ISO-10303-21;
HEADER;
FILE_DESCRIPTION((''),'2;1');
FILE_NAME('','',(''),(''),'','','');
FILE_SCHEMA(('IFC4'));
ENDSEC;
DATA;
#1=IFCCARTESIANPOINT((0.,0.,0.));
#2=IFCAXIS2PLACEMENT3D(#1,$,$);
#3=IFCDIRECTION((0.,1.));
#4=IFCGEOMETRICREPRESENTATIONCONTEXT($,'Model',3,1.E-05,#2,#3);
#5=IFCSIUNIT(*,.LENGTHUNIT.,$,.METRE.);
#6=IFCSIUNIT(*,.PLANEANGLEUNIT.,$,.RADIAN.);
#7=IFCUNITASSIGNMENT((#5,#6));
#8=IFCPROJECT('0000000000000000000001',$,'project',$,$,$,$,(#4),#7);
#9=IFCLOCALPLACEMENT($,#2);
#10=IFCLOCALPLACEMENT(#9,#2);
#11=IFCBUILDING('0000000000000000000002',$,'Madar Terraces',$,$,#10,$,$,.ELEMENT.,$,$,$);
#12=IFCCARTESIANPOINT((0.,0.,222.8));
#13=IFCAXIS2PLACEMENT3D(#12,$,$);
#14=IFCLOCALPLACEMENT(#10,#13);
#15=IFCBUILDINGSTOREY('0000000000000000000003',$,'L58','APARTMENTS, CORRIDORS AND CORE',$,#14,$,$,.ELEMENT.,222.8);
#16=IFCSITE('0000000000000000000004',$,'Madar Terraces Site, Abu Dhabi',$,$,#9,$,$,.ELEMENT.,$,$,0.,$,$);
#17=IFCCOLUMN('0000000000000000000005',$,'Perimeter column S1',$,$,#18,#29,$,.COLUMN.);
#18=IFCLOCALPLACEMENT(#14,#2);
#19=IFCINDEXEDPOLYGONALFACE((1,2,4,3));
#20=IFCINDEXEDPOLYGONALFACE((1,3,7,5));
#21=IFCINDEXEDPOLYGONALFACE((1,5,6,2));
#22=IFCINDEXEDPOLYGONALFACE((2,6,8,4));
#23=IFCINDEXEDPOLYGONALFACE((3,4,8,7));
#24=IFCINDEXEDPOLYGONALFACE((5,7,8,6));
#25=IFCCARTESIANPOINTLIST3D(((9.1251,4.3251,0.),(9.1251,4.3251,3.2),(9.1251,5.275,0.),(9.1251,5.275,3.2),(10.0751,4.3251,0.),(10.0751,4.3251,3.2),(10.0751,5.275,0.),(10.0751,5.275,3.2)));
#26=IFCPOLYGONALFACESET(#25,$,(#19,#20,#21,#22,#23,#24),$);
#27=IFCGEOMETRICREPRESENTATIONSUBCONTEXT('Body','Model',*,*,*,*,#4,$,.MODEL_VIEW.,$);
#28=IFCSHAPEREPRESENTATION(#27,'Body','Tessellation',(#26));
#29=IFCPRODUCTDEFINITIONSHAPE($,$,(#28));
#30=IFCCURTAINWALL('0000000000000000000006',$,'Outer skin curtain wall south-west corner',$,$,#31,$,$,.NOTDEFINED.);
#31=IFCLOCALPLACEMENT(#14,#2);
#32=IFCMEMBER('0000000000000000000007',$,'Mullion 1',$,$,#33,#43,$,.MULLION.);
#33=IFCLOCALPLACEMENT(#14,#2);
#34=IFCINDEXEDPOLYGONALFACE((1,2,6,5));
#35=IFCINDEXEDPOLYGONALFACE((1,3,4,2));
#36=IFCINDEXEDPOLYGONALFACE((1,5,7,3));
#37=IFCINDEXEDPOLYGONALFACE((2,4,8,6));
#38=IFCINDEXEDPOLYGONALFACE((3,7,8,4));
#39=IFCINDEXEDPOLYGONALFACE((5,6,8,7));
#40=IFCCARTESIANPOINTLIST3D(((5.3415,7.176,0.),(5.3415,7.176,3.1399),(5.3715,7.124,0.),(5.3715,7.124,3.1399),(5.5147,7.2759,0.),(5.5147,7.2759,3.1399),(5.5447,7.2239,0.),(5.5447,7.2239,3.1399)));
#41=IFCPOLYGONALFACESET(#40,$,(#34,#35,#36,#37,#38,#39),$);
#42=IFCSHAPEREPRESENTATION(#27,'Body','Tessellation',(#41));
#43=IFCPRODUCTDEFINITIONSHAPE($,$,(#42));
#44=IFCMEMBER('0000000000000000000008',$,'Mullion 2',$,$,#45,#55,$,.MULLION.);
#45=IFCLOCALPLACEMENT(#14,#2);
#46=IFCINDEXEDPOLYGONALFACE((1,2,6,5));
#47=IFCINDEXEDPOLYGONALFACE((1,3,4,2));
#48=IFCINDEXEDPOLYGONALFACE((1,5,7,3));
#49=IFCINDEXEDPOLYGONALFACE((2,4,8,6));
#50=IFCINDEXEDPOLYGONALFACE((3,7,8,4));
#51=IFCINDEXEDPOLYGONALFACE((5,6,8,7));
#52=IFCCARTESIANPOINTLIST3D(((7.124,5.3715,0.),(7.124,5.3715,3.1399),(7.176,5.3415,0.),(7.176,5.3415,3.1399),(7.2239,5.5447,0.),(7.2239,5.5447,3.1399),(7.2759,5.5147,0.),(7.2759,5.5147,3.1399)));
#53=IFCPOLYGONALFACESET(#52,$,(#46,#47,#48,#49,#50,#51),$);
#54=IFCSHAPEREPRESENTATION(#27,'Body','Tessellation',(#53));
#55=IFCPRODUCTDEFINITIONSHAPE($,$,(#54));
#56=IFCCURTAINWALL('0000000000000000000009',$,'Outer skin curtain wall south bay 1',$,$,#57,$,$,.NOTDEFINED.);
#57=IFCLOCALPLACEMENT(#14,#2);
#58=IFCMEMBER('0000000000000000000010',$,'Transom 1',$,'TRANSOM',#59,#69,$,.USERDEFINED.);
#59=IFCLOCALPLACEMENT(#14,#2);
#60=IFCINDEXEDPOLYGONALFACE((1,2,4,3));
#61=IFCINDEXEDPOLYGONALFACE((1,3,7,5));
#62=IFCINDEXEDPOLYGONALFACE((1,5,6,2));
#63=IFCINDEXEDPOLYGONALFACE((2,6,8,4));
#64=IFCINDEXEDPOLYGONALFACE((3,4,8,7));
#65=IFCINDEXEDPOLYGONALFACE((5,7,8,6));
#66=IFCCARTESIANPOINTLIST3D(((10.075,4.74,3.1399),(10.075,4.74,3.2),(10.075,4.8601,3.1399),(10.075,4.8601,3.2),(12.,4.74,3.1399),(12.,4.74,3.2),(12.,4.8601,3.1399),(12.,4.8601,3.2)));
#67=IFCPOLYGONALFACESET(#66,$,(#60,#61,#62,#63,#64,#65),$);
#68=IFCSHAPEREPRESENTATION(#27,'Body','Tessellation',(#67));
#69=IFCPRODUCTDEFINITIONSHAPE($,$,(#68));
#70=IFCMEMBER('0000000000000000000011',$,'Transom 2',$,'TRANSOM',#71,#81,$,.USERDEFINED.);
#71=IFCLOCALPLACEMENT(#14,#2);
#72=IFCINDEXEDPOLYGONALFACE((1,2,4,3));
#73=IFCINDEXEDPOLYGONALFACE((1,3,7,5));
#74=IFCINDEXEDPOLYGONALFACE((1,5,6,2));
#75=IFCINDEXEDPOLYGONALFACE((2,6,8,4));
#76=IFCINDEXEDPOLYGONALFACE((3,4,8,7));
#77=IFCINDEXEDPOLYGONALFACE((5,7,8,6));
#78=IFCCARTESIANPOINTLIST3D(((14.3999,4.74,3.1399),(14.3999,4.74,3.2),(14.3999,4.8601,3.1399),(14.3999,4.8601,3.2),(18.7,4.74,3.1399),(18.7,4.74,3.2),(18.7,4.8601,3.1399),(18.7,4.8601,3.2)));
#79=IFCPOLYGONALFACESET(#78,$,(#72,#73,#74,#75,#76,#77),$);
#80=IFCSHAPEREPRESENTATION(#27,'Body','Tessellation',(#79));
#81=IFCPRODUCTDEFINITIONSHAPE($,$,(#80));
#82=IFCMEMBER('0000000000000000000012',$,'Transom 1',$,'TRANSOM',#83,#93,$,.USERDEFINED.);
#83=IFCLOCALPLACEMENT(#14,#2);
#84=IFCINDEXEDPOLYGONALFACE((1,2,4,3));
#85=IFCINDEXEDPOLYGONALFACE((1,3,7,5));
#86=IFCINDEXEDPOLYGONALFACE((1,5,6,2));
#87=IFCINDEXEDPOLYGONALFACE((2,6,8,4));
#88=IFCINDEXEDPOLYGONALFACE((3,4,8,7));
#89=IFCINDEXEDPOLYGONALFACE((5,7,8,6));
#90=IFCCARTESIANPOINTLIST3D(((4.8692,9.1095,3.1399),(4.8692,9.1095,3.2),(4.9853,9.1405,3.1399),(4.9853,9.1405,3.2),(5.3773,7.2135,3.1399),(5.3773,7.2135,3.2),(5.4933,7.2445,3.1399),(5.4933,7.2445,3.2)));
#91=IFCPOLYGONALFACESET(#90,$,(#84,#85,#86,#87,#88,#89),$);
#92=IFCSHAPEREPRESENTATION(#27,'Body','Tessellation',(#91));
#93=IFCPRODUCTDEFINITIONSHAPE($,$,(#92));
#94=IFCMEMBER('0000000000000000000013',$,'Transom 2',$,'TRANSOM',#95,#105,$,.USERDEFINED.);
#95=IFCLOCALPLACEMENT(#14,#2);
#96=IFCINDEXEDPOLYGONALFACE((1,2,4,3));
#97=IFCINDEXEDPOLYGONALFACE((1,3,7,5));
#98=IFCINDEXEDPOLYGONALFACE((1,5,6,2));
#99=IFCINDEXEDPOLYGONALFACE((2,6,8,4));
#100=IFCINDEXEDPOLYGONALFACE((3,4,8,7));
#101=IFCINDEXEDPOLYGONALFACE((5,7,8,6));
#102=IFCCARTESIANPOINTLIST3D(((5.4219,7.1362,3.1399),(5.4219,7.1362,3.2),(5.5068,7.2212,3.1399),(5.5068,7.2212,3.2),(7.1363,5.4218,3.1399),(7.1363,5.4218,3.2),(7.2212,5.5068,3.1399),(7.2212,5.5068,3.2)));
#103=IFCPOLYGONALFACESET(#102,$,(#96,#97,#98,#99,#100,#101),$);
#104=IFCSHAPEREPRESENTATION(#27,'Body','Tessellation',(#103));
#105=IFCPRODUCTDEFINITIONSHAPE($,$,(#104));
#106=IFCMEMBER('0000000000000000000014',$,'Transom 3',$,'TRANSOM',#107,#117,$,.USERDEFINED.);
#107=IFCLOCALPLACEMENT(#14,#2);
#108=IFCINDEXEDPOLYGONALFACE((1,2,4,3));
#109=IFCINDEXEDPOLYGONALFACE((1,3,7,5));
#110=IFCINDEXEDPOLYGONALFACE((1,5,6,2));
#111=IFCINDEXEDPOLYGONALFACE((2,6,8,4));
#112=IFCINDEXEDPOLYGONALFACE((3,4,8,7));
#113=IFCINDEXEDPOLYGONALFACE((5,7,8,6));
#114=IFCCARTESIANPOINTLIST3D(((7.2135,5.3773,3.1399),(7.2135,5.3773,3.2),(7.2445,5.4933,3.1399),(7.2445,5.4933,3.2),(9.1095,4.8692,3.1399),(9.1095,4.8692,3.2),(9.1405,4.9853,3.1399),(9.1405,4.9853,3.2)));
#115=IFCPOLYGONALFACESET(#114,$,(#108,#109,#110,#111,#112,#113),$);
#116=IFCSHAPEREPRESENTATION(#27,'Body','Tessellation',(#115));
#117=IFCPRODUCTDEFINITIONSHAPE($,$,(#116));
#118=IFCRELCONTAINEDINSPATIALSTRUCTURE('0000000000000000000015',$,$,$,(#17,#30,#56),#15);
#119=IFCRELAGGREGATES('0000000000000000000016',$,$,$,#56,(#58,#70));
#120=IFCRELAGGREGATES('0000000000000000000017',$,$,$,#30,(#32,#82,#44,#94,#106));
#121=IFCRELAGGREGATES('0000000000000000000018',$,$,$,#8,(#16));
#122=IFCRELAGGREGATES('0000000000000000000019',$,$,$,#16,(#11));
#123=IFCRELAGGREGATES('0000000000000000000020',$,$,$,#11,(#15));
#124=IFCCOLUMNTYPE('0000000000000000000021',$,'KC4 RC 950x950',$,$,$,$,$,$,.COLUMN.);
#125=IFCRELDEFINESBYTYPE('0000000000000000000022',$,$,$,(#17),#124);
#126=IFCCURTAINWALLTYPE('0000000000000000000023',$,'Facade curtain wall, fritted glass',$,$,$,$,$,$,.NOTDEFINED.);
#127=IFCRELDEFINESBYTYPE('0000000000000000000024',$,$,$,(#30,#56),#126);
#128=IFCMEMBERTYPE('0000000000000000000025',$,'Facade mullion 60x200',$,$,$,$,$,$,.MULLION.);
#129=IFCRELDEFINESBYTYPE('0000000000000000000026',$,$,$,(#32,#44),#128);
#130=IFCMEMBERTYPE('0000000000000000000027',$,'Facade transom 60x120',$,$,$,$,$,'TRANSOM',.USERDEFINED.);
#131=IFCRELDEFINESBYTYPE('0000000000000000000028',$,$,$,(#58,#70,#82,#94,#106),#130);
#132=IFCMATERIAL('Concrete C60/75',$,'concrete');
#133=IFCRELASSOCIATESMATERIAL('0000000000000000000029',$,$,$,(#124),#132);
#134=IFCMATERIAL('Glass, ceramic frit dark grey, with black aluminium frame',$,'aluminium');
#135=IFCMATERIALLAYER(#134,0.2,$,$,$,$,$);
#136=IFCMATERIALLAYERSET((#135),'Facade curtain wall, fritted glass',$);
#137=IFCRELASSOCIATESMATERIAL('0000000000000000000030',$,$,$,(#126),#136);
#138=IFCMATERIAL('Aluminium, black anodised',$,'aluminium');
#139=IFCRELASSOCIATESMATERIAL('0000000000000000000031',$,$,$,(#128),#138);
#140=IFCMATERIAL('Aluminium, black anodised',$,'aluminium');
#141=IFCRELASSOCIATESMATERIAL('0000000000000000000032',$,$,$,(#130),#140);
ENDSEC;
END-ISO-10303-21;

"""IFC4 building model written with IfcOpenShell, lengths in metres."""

from ifc_helpers import new_model, si_unit, direction, frame, origin, origin_2d, place, context, subcontext, project, spatial, rectangle, extrude, material, layer, layer_set, material_profile, profile_set, type_object, element, aggregate, save


model = new_model("IFC4")

# Units and contexts
model_context = context("Model", 3, precision=1e-05, world=origin(), true_north=direction((0.0, 1.0)))
body_context = subcontext(model_context, "Body", "Model", "MODEL_VIEW")
ifc_project = project(units=[si_unit("LENGTHUNIT", "METRE"), si_unit("PLANEANGLEUNIT", "RADIAN")], contexts=[model_context])

# Site, building, storey
site_placement = place(None, origin())
site = spatial("IfcSite", under=ifc_project, at=site_placement, Name="Madar Terraces Site, Abu Dhabi", CompositionType="ELEMENT", RefElevation=0.0)
building_placement = place(site_placement, origin())
building = spatial("IfcBuilding", under=site, at=building_placement, Name="Madar Terraces", CompositionType="ELEMENT")
storey_placement = place(building_placement, frame((0.0, 0.0, 222.8)))
storey = spatial("IfcBuildingStorey", under=building, at=storey_placement, Name="L58", Description="APARTMENTS, CORRIDORS AND CORE", CompositionType="ELEMENT", Elevation=222.8)

# Column
ifc_material_1 = material(Name="Concrete C60/75", Category="concrete")
ifc_material_profile_1 = material_profile(ifc_material_1, rectangle(XDim=0.95, YDim=0.95, at=origin_2d()), Name="KC4 RC 950x950")
ifc_profile_set_1 = profile_set([ifc_material_profile_1], Name="Concrete C60/75")
column_type = type_object("IfcColumnType", Name="KC4 RC 950x950", PredefinedType="COLUMN", material=ifc_profile_set_1)
column_placement = place(storey_placement, frame((9.6001, 4.8, 0.0), z_axis=(0.0, 0.0, 1.0), x_axis=(1.0, 0.0, 0.0)))
element("IfcColumn", 1, at=column_placement, inside=storey, type_object=column_type, Name="Perimeter column S1", PredefinedType="COLUMN", context=body_context, shape_type="SweptSolid", body=[
    extrude(rectangle(XDim=0.95, YDim=0.95, at=origin_2d()), origin(), (0.0, 0.0, 1.0), 3.2),
])

# Curtain walls, members
ifc_material_2 = material(Name="Glass, ceramic frit dark grey, with black aluminium frame", Category="aluminium")
ifc_layer_1 = layer(ifc_material_2, 0.2)
ifc_layer_set_1 = layer_set([ifc_layer_1], Name="Facade curtain wall, fritted glass")
curtain_wall_type = type_object("IfcCurtainWallType", Name="Facade curtain wall, fritted glass", PredefinedType="NOTDEFINED", material=ifc_layer_set_1)
curtain_wall_1_placement = place(storey_placement, origin())
curtain_wall_1 = element("IfcCurtainWall", 2, at=curtain_wall_1_placement, inside=storey, type_object=curtain_wall_type, Name="Outer skin curtain wall south-west corner", PredefinedType="NOTDEFINED")
ifc_material_3 = material(Name="Aluminium, black anodised", Category="aluminium")
ifc_material_profile_2 = material_profile(ifc_material_3, rectangle(XDim=0.2, YDim=0.0601, at=origin_2d()), Name="Facade mullion 60x200")
ifc_profile_set_2 = profile_set([ifc_material_profile_2], Name="Aluminium, black anodised")
member_type_1 = type_object("IfcMemberType", Name="Facade mullion 60x200", PredefinedType="MULLION", material=ifc_profile_set_2)
member_1_placement = place(storey_placement, frame((5.4431, 7.2, 0.0), z_axis=(0.0, 0.0, 1.0), x_axis=(0.866025, 0.5, 0.0)))
member_1 = element("IfcMember", 3, at=member_1_placement, type_object=member_type_1, Name="Mullion 1", PredefinedType="MULLION", context=body_context, shape_type="SweptSolid", body=[
    extrude(rectangle(XDim=0.2, YDim=0.0601, at=origin_2d()), origin(), (0.0, 0.0, 1.0), 3.1399),
])
member_2_placement = place(storey_placement, frame((7.2, 5.4431, 0.0), z_axis=(0.0, 0.0, 1.0), x_axis=(0.5, 0.866025, 0.0)))
member_2 = element("IfcMember", 4, at=member_2_placement, type_object=member_type_1, Name="Mullion 2", PredefinedType="MULLION", context=body_context, shape_type="SweptSolid", body=[
    extrude(rectangle(XDim=0.2, YDim=0.0601, at=origin_2d()), origin(), (0.0, 0.0, 1.0), 3.1399),
])
curtain_wall_2_placement = place(storey_placement, origin())
curtain_wall_2 = element("IfcCurtainWall", 5, at=curtain_wall_2_placement, inside=storey, type_object=curtain_wall_type, Name="Outer skin curtain wall south bay 1", PredefinedType="NOTDEFINED")
ifc_material_4 = material(Name="Aluminium, black anodised", Category="aluminium")
ifc_material_profile_3 = material_profile(ifc_material_4, rectangle(XDim=0.1201, YDim=0.0601, at=origin_2d()), Name="Facade transom 60x120")
ifc_profile_set_3 = profile_set([ifc_material_profile_3], Name="Aluminium, black anodised")
member_type_2 = type_object("IfcMemberType", Name="Facade transom 60x120", ElementType="TRANSOM", PredefinedType="USERDEFINED", material=ifc_profile_set_3)
member_3_placement = place(storey_placement, frame((10.075, 4.8, 3.1699), z_axis=(1.0, 0.0, 0.0), x_axis=(0.0, 1.0, 0.0)))
member_3 = element("IfcMember", 6, at=member_3_placement, type_object=member_type_2, Name="Transom 1", ObjectType="TRANSOM", PredefinedType="USERDEFINED", context=body_context, shape_type="SweptSolid", body=[
    extrude(rectangle(XDim=0.1201, YDim=0.0601, at=origin_2d()), origin(), (0.0, 0.0, 1.0), 1.925),
])
member_4_placement = place(storey_placement, frame((14.3999, 4.8, 3.1699), z_axis=(1.0, 0.0, 0.0), x_axis=(0.0, 1.0, 0.0)))
member_4 = element("IfcMember", 7, at=member_4_placement, type_object=member_type_2, Name="Transom 2", ObjectType="TRANSOM", PredefinedType="USERDEFINED", context=body_context, shape_type="SweptSolid", body=[
    extrude(rectangle(XDim=0.1201, YDim=0.0601, at=origin_2d()), origin(), (0.0, 0.0, 1.0), 4.3),
])

# Members
member_5_placement = place(storey_placement, frame((4.9272, 9.125, 3.1699), z_axis=(0.258831, -0.965923, 0.0), x_axis=(0.965923, 0.258831, 0.0)))
member_5 = element("IfcMember", 8, at=member_5_placement, type_object=member_type_2, Name="Transom 1", ObjectType="TRANSOM", PredefinedType="USERDEFINED", context=body_context, shape_type="SweptSolid", body=[
    extrude(rectangle(XDim=0.1201, YDim=0.0601, at=origin_2d()), origin(), (0.0, 0.0, 1.0), 1.9629),
])
member_6_placement = place(storey_placement, frame((5.4644, 7.1787, 3.1699), z_axis=(0.707107, -0.707107, 0.0), x_axis=(0.707107, 0.707107, 0.0)))
member_6 = element("IfcMember", 9, at=member_6_placement, type_object=member_type_2, Name="Transom 2", ObjectType="TRANSOM", PredefinedType="USERDEFINED", context=body_context, shape_type="SweptSolid", body=[
    extrude(rectangle(XDim=0.1201, YDim=0.0601, at=origin_2d()), origin(), (0.0, 0.0, 1.0), 2.4246),
])
member_7_placement = place(storey_placement, frame((7.229, 5.4353, 3.1699), z_axis=(0.965923, -0.258831, 0.0), x_axis=(0.258831, 0.965923, 0.0)))
member_7 = element("IfcMember", 10, at=member_7_placement, type_object=member_type_2, Name="Transom 3", ObjectType="TRANSOM", PredefinedType="USERDEFINED", context=body_context, shape_type="SweptSolid", body=[
    extrude(rectangle(XDim=0.1201, YDim=0.0601, at=origin_2d()), origin(), (0.0, 0.0, 1.0), 1.9629),
])

aggregate(curtain_wall_2, [member_3, member_4])
aggregate(curtain_wall_1, [member_1, member_5, member_2, member_6, member_7])

save(model, "model.ifc")
